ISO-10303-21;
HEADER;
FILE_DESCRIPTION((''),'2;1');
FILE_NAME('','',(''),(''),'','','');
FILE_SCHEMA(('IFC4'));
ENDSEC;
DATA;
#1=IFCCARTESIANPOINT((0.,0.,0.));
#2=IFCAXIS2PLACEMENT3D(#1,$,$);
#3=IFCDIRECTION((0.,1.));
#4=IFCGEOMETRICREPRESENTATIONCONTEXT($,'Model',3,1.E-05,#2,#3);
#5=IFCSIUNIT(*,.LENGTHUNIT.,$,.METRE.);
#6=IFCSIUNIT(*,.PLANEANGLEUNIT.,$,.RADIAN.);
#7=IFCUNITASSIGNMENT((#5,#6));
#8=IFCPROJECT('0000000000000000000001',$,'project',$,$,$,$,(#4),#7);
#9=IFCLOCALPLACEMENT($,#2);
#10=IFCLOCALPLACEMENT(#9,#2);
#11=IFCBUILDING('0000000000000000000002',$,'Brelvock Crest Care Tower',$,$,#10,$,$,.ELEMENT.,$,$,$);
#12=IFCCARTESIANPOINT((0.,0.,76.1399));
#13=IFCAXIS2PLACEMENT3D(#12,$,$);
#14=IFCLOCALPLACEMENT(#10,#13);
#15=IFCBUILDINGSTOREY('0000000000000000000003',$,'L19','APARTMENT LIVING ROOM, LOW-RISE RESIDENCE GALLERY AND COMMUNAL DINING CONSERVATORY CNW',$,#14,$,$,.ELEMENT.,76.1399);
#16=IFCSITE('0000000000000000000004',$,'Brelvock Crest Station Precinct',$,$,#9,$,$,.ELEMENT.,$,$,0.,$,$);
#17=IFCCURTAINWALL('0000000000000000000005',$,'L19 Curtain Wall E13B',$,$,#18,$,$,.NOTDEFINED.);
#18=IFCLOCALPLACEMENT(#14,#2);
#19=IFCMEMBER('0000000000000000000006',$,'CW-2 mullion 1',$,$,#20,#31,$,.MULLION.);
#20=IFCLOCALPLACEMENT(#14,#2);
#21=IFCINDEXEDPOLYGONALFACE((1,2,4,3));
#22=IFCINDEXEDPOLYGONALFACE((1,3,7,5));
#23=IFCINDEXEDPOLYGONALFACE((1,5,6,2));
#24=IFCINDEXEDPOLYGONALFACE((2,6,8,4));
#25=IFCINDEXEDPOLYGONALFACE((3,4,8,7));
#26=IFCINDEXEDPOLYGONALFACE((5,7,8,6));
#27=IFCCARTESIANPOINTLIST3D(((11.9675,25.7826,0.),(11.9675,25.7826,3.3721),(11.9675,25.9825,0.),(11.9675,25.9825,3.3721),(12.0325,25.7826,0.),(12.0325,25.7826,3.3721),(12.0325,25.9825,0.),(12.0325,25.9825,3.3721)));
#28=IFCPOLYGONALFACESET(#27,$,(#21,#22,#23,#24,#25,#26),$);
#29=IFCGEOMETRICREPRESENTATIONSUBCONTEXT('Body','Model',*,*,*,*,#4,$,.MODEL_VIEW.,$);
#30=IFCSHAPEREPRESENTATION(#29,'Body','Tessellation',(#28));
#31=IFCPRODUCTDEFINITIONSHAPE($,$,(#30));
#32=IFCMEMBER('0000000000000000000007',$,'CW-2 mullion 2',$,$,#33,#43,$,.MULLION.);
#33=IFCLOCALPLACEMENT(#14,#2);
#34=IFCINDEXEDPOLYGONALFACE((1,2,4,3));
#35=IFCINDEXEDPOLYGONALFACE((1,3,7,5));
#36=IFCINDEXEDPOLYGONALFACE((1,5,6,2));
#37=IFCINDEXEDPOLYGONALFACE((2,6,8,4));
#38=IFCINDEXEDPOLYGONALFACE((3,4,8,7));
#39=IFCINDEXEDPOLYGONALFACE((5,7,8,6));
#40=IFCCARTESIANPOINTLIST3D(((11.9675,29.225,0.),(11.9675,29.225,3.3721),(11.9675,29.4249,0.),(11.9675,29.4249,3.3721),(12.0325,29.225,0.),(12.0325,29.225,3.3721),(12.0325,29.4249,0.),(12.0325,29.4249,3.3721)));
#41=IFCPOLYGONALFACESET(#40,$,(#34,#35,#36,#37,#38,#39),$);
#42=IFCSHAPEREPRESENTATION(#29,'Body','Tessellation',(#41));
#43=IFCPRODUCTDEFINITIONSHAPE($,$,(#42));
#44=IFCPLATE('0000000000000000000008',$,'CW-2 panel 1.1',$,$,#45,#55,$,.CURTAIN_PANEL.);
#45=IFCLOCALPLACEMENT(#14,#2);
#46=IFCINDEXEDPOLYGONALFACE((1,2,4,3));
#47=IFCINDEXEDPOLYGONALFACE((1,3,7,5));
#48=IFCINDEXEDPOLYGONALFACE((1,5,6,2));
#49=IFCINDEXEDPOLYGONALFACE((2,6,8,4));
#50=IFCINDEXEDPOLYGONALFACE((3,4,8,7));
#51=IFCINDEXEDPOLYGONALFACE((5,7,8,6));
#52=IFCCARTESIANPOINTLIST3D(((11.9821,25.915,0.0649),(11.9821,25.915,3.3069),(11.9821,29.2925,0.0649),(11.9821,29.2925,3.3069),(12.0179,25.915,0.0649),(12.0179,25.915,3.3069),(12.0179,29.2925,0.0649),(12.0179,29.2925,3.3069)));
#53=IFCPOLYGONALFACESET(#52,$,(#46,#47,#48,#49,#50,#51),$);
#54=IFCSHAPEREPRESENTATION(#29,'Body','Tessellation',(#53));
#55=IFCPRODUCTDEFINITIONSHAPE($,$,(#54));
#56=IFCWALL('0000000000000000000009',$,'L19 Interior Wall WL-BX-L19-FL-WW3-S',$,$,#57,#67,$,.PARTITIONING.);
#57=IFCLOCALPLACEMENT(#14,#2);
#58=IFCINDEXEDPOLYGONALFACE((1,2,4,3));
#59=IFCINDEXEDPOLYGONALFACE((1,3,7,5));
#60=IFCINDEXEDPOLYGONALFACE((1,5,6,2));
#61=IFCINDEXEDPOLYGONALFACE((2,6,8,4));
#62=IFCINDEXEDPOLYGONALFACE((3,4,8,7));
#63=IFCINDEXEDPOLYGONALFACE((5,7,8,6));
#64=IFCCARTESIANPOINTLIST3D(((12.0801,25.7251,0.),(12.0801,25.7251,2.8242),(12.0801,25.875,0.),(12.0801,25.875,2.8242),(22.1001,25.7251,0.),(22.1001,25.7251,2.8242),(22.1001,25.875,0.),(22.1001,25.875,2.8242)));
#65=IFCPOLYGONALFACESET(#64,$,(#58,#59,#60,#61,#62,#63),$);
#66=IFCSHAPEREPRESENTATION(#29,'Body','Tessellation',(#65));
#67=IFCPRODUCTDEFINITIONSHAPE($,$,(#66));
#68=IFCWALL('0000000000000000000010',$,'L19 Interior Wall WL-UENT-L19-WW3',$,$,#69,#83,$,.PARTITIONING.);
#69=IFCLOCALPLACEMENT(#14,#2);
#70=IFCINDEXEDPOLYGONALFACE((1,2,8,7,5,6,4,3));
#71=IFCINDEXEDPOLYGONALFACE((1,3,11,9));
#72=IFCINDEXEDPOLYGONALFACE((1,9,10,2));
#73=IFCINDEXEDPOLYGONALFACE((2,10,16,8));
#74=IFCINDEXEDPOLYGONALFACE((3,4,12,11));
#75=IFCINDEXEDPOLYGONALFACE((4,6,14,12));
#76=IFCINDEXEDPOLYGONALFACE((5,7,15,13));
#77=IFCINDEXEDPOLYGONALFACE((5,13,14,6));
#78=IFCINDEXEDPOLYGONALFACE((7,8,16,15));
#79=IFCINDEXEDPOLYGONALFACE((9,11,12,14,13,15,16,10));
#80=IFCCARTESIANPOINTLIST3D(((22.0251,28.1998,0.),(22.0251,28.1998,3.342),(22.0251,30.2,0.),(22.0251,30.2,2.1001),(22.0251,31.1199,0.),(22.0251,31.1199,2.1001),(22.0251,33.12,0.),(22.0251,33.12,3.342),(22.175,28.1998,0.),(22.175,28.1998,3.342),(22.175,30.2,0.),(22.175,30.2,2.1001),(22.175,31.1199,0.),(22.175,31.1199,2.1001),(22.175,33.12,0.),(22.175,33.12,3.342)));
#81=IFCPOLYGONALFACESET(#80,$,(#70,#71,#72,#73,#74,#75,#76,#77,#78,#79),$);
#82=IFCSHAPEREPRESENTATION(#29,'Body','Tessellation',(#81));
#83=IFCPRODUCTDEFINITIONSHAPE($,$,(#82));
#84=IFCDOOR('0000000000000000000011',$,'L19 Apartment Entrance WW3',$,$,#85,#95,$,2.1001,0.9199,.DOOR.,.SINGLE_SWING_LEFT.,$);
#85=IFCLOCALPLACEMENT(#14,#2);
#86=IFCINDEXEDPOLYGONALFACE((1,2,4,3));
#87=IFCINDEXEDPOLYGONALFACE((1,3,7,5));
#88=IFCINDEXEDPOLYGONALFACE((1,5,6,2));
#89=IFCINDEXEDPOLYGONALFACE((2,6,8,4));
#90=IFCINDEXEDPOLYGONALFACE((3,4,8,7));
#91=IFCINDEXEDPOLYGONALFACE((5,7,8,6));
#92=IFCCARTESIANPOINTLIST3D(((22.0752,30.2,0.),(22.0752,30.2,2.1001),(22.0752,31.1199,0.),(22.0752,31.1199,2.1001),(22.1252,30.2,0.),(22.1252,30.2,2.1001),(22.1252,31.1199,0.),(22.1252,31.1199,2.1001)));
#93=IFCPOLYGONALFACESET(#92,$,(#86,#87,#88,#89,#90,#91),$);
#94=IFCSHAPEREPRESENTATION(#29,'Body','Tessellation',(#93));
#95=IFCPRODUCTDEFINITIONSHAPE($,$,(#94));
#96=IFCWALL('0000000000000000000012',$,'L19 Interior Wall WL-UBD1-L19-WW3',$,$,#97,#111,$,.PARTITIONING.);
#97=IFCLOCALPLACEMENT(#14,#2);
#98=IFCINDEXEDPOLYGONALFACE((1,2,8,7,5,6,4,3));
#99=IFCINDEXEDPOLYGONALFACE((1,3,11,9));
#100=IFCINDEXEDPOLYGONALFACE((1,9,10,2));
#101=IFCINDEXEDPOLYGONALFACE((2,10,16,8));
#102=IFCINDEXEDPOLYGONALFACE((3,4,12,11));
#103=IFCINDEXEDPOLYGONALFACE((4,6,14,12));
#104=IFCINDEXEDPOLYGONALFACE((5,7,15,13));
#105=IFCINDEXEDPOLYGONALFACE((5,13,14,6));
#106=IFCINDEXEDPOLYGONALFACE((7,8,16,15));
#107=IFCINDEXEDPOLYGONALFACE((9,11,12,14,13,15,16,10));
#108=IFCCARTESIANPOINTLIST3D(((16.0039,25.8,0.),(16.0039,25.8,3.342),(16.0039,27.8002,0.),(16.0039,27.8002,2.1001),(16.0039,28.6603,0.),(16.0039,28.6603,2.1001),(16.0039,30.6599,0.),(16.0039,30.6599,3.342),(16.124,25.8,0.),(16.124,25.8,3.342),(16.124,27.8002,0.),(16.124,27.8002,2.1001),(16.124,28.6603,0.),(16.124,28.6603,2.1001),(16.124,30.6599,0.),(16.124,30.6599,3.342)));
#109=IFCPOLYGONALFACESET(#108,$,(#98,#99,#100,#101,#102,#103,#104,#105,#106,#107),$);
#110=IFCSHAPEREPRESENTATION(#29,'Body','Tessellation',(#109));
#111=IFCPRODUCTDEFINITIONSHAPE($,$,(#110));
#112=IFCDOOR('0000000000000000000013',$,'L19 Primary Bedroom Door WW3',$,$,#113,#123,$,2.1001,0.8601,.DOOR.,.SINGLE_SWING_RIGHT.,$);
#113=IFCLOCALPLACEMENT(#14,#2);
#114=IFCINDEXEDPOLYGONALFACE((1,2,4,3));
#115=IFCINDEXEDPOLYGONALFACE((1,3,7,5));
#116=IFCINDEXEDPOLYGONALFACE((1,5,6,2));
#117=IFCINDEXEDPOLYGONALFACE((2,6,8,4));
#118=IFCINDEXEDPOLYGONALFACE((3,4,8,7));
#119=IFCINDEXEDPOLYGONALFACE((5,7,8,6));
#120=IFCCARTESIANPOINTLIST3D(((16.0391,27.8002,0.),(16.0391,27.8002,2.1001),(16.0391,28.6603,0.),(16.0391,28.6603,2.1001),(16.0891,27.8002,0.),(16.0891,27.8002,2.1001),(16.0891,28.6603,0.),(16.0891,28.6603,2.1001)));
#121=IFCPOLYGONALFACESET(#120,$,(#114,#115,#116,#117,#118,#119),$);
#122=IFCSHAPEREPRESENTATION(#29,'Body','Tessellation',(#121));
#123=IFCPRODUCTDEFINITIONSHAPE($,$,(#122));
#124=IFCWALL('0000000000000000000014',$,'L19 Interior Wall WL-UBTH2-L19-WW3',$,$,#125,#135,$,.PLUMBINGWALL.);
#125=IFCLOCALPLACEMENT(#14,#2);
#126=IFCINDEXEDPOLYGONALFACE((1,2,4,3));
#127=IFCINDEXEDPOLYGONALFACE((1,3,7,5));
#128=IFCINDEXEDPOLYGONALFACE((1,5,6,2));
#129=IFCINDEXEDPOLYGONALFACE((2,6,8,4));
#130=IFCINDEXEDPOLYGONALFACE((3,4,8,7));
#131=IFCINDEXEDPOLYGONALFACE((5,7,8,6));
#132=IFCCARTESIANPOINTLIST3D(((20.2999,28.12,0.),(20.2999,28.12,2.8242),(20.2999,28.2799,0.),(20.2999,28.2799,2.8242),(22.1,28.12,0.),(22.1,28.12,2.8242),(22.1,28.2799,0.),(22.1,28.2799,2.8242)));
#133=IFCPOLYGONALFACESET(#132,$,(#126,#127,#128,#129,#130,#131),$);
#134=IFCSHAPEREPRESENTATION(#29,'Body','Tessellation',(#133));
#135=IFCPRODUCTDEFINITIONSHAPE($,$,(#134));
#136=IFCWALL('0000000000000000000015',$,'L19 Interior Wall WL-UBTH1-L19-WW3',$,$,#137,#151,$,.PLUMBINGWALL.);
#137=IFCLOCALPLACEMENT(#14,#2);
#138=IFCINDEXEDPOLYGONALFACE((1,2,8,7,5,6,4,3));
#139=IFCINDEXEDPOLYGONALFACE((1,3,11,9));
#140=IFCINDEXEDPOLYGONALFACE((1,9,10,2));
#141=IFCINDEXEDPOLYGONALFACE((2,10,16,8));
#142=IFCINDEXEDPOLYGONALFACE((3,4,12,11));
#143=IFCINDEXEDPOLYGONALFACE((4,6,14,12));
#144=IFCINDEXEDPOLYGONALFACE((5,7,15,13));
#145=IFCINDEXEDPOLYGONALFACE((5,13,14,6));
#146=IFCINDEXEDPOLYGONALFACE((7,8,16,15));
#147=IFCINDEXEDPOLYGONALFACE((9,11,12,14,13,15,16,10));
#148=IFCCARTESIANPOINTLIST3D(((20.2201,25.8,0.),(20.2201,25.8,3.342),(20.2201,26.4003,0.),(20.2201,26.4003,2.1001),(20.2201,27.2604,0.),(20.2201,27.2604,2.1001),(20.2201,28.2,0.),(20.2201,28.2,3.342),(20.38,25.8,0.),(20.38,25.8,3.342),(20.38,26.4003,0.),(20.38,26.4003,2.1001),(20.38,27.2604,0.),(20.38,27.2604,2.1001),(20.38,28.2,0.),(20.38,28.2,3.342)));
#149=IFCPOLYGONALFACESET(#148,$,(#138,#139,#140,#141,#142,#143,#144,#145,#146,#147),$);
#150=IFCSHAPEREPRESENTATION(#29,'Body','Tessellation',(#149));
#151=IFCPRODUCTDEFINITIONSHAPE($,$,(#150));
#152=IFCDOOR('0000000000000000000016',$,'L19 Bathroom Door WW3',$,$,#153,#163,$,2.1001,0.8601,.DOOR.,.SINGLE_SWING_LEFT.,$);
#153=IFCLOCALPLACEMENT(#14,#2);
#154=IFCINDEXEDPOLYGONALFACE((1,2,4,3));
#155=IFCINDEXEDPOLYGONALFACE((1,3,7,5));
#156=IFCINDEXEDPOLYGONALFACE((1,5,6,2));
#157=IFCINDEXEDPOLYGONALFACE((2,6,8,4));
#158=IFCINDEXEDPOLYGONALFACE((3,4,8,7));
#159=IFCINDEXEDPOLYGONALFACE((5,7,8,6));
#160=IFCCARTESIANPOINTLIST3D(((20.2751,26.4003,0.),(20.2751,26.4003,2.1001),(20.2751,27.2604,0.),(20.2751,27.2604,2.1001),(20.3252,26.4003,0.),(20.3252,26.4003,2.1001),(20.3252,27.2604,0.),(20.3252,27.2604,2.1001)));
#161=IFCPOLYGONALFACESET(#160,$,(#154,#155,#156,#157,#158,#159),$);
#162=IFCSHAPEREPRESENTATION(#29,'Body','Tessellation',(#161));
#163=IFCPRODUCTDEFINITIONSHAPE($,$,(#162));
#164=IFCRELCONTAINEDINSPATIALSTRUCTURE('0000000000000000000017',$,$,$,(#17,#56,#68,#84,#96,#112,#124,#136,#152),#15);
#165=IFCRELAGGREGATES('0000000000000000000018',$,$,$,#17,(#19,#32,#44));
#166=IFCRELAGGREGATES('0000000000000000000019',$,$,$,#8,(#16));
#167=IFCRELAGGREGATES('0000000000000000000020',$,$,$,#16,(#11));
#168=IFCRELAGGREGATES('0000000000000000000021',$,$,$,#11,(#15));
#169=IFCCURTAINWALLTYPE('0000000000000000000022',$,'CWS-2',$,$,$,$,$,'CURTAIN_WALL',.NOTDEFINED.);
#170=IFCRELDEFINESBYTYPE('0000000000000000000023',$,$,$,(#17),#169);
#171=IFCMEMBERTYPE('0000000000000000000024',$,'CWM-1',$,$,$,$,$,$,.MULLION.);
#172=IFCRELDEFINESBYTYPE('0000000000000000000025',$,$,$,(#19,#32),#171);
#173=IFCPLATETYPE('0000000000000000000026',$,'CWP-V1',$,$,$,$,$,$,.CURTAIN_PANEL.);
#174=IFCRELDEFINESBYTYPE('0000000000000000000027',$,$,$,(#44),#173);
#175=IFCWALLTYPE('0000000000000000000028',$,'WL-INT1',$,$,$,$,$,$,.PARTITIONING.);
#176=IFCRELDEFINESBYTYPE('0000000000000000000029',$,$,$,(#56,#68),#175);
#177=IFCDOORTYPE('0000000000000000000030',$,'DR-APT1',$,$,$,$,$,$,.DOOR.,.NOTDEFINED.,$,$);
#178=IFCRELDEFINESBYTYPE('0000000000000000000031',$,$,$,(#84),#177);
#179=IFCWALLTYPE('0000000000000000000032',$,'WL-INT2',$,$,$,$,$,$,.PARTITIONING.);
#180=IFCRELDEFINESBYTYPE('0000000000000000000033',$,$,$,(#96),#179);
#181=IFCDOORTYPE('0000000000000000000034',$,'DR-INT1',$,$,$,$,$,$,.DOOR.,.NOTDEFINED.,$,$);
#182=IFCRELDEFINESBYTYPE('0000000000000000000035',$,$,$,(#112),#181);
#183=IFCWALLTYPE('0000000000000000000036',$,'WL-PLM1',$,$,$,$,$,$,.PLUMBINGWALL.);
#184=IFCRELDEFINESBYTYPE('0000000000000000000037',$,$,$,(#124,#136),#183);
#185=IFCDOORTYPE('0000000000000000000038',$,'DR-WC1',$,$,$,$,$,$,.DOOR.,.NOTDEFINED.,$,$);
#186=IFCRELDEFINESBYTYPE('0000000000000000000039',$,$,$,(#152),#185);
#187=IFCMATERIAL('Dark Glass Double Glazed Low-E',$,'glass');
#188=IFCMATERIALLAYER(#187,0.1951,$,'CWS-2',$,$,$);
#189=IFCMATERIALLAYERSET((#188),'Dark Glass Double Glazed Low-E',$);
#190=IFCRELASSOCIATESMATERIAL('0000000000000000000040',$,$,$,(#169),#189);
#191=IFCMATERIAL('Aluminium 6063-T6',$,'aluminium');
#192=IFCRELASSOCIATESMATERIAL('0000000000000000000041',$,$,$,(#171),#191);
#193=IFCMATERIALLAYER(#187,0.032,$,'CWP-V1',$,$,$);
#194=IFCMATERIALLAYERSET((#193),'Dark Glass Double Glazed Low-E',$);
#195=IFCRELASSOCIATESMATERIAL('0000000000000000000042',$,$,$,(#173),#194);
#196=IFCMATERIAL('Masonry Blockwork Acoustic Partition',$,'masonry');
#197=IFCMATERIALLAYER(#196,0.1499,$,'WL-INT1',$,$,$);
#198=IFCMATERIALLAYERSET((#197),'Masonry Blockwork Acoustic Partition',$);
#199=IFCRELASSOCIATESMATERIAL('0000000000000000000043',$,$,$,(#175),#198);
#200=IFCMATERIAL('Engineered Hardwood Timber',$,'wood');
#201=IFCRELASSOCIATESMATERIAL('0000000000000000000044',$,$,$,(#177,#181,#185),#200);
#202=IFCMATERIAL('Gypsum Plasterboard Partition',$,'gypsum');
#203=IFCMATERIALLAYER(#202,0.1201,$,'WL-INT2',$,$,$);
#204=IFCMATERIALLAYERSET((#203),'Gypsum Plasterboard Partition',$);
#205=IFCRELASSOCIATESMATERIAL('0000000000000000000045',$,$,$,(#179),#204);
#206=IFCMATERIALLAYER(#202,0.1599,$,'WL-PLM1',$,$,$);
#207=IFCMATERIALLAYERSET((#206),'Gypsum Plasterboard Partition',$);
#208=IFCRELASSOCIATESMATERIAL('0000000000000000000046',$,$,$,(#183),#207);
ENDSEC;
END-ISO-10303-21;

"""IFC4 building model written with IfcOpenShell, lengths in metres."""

from ifc_helpers import new_model, si_unit, direction, frame, frame_2d, origin, origin_2d, place, context, subcontext, project, spatial, rectangle, extrude, source, transform, mapped, material, layer, layer_set, material_profile, profile_set, type_object, element, fill, aggregate, save


model = new_model("IFC4")

# Units and contexts
model_context = context("Model", 3, precision=1e-05, world=origin(), true_north=direction((0.0, 1.0)))
body_context = subcontext(model_context, "Body", "Model", "MODEL_VIEW")
ifc_project = project(units=[si_unit("LENGTHUNIT", "METRE"), si_unit("PLANEANGLEUNIT", "RADIAN")], contexts=[model_context])

# Site, building, storey
site_placement = place(None, origin())
site = spatial("IfcSite", under=ifc_project, at=site_placement, Name="Brelvock Crest Station Precinct", CompositionType="ELEMENT", RefElevation=0.0)
building_placement = place(site_placement, origin())
building = spatial("IfcBuilding", under=site, at=building_placement, Name="Brelvock Crest Care Tower", CompositionType="ELEMENT")
storey_placement = place(building_placement, frame((0.0, 0.0, 76.1399)))
storey = spatial("IfcBuildingStorey", under=building, at=storey_placement, Name="L19", Description="APARTMENT LIVING ROOM, LOW-RISE RESIDENCE GALLERY AND COMMUNAL DINING CONSERVATORY CNW", CompositionType="ELEMENT", Elevation=76.1399)

# Curtain wall, members, plate
ifc_material_1 = material(Name="Dark Glass Double Glazed Low-E", Category="glass")
ifc_layer_1 = layer(ifc_material_1, 0.1951, Name="CWS-2")
ifc_layer_set_1 = layer_set([ifc_layer_1], Name="Dark Glass Double Glazed Low-E")
curtain_wall_type = type_object("IfcCurtainWallType", Name="CWS-2", ElementType="CURTAIN_WALL", PredefinedType="NOTDEFINED", material=ifc_layer_set_1)
curtain_wall_placement = place(storey_placement, origin())
curtain_wall = element("IfcCurtainWall", 1, at=curtain_wall_placement, inside=storey, type_object=curtain_wall_type, Name="L19 Curtain Wall E13B", PredefinedType="NOTDEFINED")
ifc_material_2 = material(Name="Aluminium 6063-T6", Category="aluminium")
ifc_material_profile_1 = material_profile(ifc_material_2, rectangle(XDim=0.0649, YDim=0.2, at=origin_2d()), Name="ALU65x200")
ifc_profile_set_1 = profile_set([ifc_material_profile_1], Name="Aluminium 6063-T6")
member_type_1 = type_object("IfcMemberType", Name="CWM-1", PredefinedType="MULLION", material=ifc_profile_set_1)
shared_shape_1 = source(origin(), body_context, "Body", "SweptSolid", [
    extrude(rectangle(XDim=0.0649, YDim=0.2, at=origin_2d()), origin(), (0.0, 0.0, 1.0), 3.3721),
])
member_1_placement = place(storey_placement, frame((12.0, 25.8826, 0.0), z_axis=(0.0, 0.0, 1.0), x_axis=(-1.0, 0.0, 0.0)))
member_1 = element("IfcMember", 2, at=member_1_placement, type_object=member_type_1, Name="CW-2 mullion 1", PredefinedType="MULLION", context=body_context, shape_type="MappedRepresentation", body=[
    mapped(shared_shape_1, transform((0.0, 0.0, 0.0), x_axis=(1.0, 0.0, 0.0), y_axis=(0.0, 1.0, 0.0), z_axis=(0.0, 0.0, 1.0), scale=1.0)),
])
member_2_placement = place(storey_placement, frame((12.0, 29.325, 0.0), z_axis=(0.0, 0.0, 1.0), x_axis=(-1.0, 0.0, 0.0)))
member_2 = element("IfcMember", 3, at=member_2_placement, type_object=member_type_1, Name="CW-2 mullion 2", PredefinedType="MULLION", context=body_context, shape_type="MappedRepresentation", body=[
    mapped(shared_shape_1, transform((0.0, 0.0, 0.0), x_axis=(1.0, 0.0, 0.0), y_axis=(0.0, 1.0, 0.0), z_axis=(0.0, 0.0, 1.0), scale=1.0)),
])
ifc_layer_2 = layer(ifc_material_1, 0.032, Name="CWP-V1")
ifc_layer_set_2 = layer_set([ifc_layer_2], Name="Dark Glass Double Glazed Low-E")
plate_type = type_object("IfcPlateType", Name="CWP-V1", PredefinedType="CURTAIN_PANEL", material=ifc_layer_set_2)
shared_shape_2 = source(origin(), body_context, "Body", "SweptSolid", [
    extrude(rectangle(XDim=3.3774, YDim=0.0359, at=origin_2d()), origin(), (0.0, 0.0, 1.0), 3.2419),
])
plate_placement = place(storey_placement, frame((12.0, 27.6038, 0.0649), z_axis=(0.0, 0.0, 1.0), x_axis=(0.0, 1.0, 0.0)))
plate = element("IfcPlate", 4, at=plate_placement, type_object=plate_type, Name="CW-2 panel 1.1", PredefinedType="CURTAIN_PANEL", context=body_context, shape_type="MappedRepresentation", body=[
    mapped(shared_shape_2, transform((0.0, 0.0, 0.0), x_axis=(1.0, 0.0, 0.0), y_axis=(0.0, 1.0, 0.0), z_axis=(0.0, 0.0, 1.0), scale=1.0)),
])
aggregate(curtain_wall, [member_1, member_2, plate])

# Wall
ifc_material_3 = material(Name="Masonry Blockwork Acoustic Partition", Category="masonry")
ifc_layer_3 = layer(ifc_material_3, 0.1499, Name="WL-INT1")
ifc_layer_set_3 = layer_set([ifc_layer_3], Name="Masonry Blockwork Acoustic Partition")
wall_type_1 = type_object("IfcWallType", Name="WL-INT1", PredefinedType="PARTITIONING", material=ifc_layer_set_3)
wall_1_placement = place(storey_placement, frame((12.0801, 25.8, 0.0), z_axis=(0.0, 0.0, 1.0), x_axis=(1.0, 0.0, 0.0)))
element("IfcWall", 5, at=wall_1_placement, inside=storey, type_object=wall_type_1, Name="L19 Interior Wall WL-BX-L19-FL-WW3-S", PredefinedType="PARTITIONING", context=body_context, shape_type="SweptSolid", body=[
    extrude(rectangle(XDim=10.02, YDim=0.1499, at=frame_2d((5.01, 0.0))), origin(), (0.0, 0.0, 1.0), 2.8242),
])

# Walls, openings, doors
wall_2_placement = place(storey_placement, frame((22.1001, 28.2, 0.0), z_axis=(0.0, 0.0, 1.0), x_axis=(0.0, 1.0, 0.0)))
wall_2 = element("IfcWall", 6, at=wall_2_placement, inside=storey, type_object=wall_type_1, Name="L19 Interior Wall WL-UENT-L19-WW3", PredefinedType="PARTITIONING", context=body_context, shape_type="SweptSolid", body=[
    extrude(rectangle(XDim=4.9202, YDim=0.1499, at=frame_2d((2.46, 0.0))), origin(), (0.0, 0.0, 1.0), 3.342),
])
opening_1_placement = place(wall_2_placement, frame((2.0, 0.0, 0.0)))
opening_1 = element("IfcOpeningElement", 7, at=opening_1_placement, cuts=wall_2, PredefinedType="OPENING", context=body_context, shape_type="SweptSolid", body=[
    extrude(rectangle(XDim=0.9199, YDim=2.1001, at=origin_2d()), frame((0.46, 0.085, 1.05), z_axis=(0.0, -1.0, 0.0), x_axis=(1.0, 0.0, 0.0)), (0.0, 0.0, 1.0), 0.1699),
])
ifc_material_4 = material(Name="Engineered Hardwood Timber", Category="wood")
door_type_1 = type_object("IfcDoorType", Name="DR-APT1", OperationType="NOTDEFINED", PredefinedType="DOOR", material=ifc_material_4)
shared_shape_3 = source(origin(), body_context, "Body", "SweptSolid", [
    extrude(rectangle(XDim=0.9199, YDim=2.1001, at=origin_2d()), frame((0.46, 0.0249, 1.05), z_axis=(0.0, -1.0, 0.0), x_axis=(1.0, 0.0, 0.0)), (0.0, 0.0, 1.0), 0.05),
])
door_1_placement = place(opening_1_placement, origin())
door_1 = element("IfcDoor", 8, at=door_1_placement, inside=storey, type_object=door_type_1, Name="L19 Apartment Entrance WW3", OperationType="SINGLE_SWING_LEFT", OverallHeight=2.1001, OverallWidth=0.9199, PredefinedType="DOOR", context=body_context, shape_type="MappedRepresentation", body=[
    mapped(shared_shape_3, transform((0.0, 0.0, 0.0), x_axis=(1.0, 0.0, 0.0), y_axis=(0.0, 1.0, 0.0), z_axis=(0.0, 0.0, 1.0), scale=1.0)),
])
fill(opening_1, door_1)
ifc_material_5 = material(Name="Gypsum Plasterboard Partition", Category="gypsum")
ifc_layer_4 = layer(ifc_material_5, 0.1201, Name="WL-INT2")
ifc_layer_set_4 = layer_set([ifc_layer_4], Name="Gypsum Plasterboard Partition")
wall_type_2 = type_object("IfcWallType", Name="WL-INT2", PredefinedType="PARTITIONING", material=ifc_layer_set_4)
wall_3_placement = place(storey_placement, frame((16.064, 25.8, 0.0), z_axis=(0.0, 0.0, 1.0), x_axis=(0.0, 1.0, 0.0)))
wall_3 = element("IfcWall", 9, at=wall_3_placement, inside=storey, type_object=wall_type_2, Name="L19 Interior Wall WL-UBD1-L19-WW3", PredefinedType="PARTITIONING", context=body_context, shape_type="SweptSolid", body=[
    extrude(rectangle(XDim=4.8599, YDim=0.1201, at=frame_2d((2.4299, 0.0))), origin(), (0.0, 0.0, 1.0), 3.342),
])
opening_2_placement = place(wall_3_placement, frame((2.0, 0.0, 0.0)))
opening_2 = element("IfcOpeningElement", 10, at=opening_2_placement, cuts=wall_3, PredefinedType="OPENING", context=body_context, shape_type="SweptSolid", body=[
    extrude(rectangle(XDim=0.8601, YDim=2.1001, at=origin_2d()), frame((0.4302, 0.0701, 1.05), z_axis=(0.0, -1.0, 0.0), x_axis=(1.0, 0.0, 0.0)), (0.0, 0.0, 1.0), 0.1401),
])
door_type_2 = type_object("IfcDoorType", Name="DR-INT1", OperationType="NOTDEFINED", PredefinedType="DOOR", material=ifc_material_4)
shared_shape_4 = source(origin(), body_context, "Body", "SweptSolid", [
    extrude(rectangle(XDim=0.8601, YDim=2.1001, at=origin_2d()), frame((0.4302, 0.0249, 1.05), z_axis=(0.0, -1.0, 0.0), x_axis=(1.0, 0.0, 0.0)), (0.0, 0.0, 1.0), 0.05),
])
door_2_placement = place(opening_2_placement, origin())
door_2 = element("IfcDoor", 11, at=door_2_placement, inside=storey, type_object=door_type_2, Name="L19 Primary Bedroom Door WW3", OperationType="SINGLE_SWING_RIGHT", OverallHeight=2.1001, OverallWidth=0.8601, PredefinedType="DOOR", context=body_context, shape_type="MappedRepresentation", body=[
    mapped(shared_shape_4, transform((0.0, 0.0, 0.0), x_axis=(1.0, 0.0, 0.0), y_axis=(0.0, 1.0, 0.0), z_axis=(0.0, 0.0, 1.0), scale=1.0)),
])
fill(opening_2, door_2)

# Wall
ifc_layer_5 = layer(ifc_material_5, 0.1599, Name="WL-PLM1")
ifc_layer_set_5 = layer_set([ifc_layer_5], Name="Gypsum Plasterboard Partition")
wall_type_3 = type_object("IfcWallType", Name="WL-PLM1", PredefinedType="PLUMBINGWALL", material=ifc_layer_set_5)
wall_4_placement = place(storey_placement, frame((20.3, 28.2, 0.0), z_axis=(0.0, 0.0, 1.0), x_axis=(1.0, 0.0, 0.0)))
element("IfcWall", 12, at=wall_4_placement, inside=storey, type_object=wall_type_3, Name="L19 Interior Wall WL-UBTH2-L19-WW3", PredefinedType="PLUMBINGWALL", context=body_context, shape_type="SweptSolid", body=[
    extrude(rectangle(XDim=1.8, YDim=0.1599, at=frame_2d((0.8999, 0.0))), origin(), (0.0, 0.0, 1.0), 2.8242),
])

# Wall, opening, door
wall_5_placement = place(storey_placement, frame((20.3, 25.8, 0.0), z_axis=(0.0, 0.0, 1.0), x_axis=(0.0, 1.0, 0.0)))
wall_5 = element("IfcWall", 13, at=wall_5_placement, inside=storey, type_object=wall_type_3, Name="L19 Interior Wall WL-UBTH1-L19-WW3", PredefinedType="PLUMBINGWALL", context=body_context, shape_type="SweptSolid", body=[
    extrude(rectangle(XDim=2.3999, YDim=0.1599, at=frame_2d((1.2, 0.0))), origin(), (0.0, 0.0, 1.0), 3.342),
])
opening_3_placement = place(wall_5_placement, frame((0.6001, 0.0, 0.0)))
opening_3 = element("IfcOpeningElement", 14, at=opening_3_placement, cuts=wall_5, PredefinedType="OPENING", context=body_context, shape_type="SweptSolid", body=[
    extrude(rectangle(XDim=0.8601, YDim=2.1001, at=origin_2d()), frame((0.4302, 0.0898, 1.05), z_axis=(0.0, -1.0, 0.0), x_axis=(1.0, 0.0, 0.0)), (0.0, 0.0, 1.0), 0.1799),
])
door_type_3 = type_object("IfcDoorType", Name="DR-WC1", OperationType="NOTDEFINED", PredefinedType="DOOR", material=ifc_material_4)
shared_shape_5 = source(origin(), body_context, "Body", "SweptSolid", [
    extrude(rectangle(XDim=0.8601, YDim=2.1001, at=origin_2d()), frame((0.4302, 0.0249, 1.05), z_axis=(0.0, -1.0, 0.0), x_axis=(1.0, 0.0, 0.0)), (0.0, 0.0, 1.0), 0.05),
])
door_3_placement = place(opening_3_placement, origin())
door_3 = element("IfcDoor", 15, at=door_3_placement, inside=storey, type_object=door_type_3, Name="L19 Bathroom Door WW3", OperationType="SINGLE_SWING_LEFT", OverallHeight=2.1001, OverallWidth=0.8601, PredefinedType="DOOR", context=body_context, shape_type="MappedRepresentation", body=[
    mapped(shared_shape_5, transform((0.0, 0.0, 0.0), x_axis=(1.0, 0.0, 0.0), y_axis=(0.0, 1.0, 0.0), z_axis=(0.0, 0.0, 1.0), scale=1.0)),
])
fill(opening_3, door_3)

save(model, "model.ifc")
